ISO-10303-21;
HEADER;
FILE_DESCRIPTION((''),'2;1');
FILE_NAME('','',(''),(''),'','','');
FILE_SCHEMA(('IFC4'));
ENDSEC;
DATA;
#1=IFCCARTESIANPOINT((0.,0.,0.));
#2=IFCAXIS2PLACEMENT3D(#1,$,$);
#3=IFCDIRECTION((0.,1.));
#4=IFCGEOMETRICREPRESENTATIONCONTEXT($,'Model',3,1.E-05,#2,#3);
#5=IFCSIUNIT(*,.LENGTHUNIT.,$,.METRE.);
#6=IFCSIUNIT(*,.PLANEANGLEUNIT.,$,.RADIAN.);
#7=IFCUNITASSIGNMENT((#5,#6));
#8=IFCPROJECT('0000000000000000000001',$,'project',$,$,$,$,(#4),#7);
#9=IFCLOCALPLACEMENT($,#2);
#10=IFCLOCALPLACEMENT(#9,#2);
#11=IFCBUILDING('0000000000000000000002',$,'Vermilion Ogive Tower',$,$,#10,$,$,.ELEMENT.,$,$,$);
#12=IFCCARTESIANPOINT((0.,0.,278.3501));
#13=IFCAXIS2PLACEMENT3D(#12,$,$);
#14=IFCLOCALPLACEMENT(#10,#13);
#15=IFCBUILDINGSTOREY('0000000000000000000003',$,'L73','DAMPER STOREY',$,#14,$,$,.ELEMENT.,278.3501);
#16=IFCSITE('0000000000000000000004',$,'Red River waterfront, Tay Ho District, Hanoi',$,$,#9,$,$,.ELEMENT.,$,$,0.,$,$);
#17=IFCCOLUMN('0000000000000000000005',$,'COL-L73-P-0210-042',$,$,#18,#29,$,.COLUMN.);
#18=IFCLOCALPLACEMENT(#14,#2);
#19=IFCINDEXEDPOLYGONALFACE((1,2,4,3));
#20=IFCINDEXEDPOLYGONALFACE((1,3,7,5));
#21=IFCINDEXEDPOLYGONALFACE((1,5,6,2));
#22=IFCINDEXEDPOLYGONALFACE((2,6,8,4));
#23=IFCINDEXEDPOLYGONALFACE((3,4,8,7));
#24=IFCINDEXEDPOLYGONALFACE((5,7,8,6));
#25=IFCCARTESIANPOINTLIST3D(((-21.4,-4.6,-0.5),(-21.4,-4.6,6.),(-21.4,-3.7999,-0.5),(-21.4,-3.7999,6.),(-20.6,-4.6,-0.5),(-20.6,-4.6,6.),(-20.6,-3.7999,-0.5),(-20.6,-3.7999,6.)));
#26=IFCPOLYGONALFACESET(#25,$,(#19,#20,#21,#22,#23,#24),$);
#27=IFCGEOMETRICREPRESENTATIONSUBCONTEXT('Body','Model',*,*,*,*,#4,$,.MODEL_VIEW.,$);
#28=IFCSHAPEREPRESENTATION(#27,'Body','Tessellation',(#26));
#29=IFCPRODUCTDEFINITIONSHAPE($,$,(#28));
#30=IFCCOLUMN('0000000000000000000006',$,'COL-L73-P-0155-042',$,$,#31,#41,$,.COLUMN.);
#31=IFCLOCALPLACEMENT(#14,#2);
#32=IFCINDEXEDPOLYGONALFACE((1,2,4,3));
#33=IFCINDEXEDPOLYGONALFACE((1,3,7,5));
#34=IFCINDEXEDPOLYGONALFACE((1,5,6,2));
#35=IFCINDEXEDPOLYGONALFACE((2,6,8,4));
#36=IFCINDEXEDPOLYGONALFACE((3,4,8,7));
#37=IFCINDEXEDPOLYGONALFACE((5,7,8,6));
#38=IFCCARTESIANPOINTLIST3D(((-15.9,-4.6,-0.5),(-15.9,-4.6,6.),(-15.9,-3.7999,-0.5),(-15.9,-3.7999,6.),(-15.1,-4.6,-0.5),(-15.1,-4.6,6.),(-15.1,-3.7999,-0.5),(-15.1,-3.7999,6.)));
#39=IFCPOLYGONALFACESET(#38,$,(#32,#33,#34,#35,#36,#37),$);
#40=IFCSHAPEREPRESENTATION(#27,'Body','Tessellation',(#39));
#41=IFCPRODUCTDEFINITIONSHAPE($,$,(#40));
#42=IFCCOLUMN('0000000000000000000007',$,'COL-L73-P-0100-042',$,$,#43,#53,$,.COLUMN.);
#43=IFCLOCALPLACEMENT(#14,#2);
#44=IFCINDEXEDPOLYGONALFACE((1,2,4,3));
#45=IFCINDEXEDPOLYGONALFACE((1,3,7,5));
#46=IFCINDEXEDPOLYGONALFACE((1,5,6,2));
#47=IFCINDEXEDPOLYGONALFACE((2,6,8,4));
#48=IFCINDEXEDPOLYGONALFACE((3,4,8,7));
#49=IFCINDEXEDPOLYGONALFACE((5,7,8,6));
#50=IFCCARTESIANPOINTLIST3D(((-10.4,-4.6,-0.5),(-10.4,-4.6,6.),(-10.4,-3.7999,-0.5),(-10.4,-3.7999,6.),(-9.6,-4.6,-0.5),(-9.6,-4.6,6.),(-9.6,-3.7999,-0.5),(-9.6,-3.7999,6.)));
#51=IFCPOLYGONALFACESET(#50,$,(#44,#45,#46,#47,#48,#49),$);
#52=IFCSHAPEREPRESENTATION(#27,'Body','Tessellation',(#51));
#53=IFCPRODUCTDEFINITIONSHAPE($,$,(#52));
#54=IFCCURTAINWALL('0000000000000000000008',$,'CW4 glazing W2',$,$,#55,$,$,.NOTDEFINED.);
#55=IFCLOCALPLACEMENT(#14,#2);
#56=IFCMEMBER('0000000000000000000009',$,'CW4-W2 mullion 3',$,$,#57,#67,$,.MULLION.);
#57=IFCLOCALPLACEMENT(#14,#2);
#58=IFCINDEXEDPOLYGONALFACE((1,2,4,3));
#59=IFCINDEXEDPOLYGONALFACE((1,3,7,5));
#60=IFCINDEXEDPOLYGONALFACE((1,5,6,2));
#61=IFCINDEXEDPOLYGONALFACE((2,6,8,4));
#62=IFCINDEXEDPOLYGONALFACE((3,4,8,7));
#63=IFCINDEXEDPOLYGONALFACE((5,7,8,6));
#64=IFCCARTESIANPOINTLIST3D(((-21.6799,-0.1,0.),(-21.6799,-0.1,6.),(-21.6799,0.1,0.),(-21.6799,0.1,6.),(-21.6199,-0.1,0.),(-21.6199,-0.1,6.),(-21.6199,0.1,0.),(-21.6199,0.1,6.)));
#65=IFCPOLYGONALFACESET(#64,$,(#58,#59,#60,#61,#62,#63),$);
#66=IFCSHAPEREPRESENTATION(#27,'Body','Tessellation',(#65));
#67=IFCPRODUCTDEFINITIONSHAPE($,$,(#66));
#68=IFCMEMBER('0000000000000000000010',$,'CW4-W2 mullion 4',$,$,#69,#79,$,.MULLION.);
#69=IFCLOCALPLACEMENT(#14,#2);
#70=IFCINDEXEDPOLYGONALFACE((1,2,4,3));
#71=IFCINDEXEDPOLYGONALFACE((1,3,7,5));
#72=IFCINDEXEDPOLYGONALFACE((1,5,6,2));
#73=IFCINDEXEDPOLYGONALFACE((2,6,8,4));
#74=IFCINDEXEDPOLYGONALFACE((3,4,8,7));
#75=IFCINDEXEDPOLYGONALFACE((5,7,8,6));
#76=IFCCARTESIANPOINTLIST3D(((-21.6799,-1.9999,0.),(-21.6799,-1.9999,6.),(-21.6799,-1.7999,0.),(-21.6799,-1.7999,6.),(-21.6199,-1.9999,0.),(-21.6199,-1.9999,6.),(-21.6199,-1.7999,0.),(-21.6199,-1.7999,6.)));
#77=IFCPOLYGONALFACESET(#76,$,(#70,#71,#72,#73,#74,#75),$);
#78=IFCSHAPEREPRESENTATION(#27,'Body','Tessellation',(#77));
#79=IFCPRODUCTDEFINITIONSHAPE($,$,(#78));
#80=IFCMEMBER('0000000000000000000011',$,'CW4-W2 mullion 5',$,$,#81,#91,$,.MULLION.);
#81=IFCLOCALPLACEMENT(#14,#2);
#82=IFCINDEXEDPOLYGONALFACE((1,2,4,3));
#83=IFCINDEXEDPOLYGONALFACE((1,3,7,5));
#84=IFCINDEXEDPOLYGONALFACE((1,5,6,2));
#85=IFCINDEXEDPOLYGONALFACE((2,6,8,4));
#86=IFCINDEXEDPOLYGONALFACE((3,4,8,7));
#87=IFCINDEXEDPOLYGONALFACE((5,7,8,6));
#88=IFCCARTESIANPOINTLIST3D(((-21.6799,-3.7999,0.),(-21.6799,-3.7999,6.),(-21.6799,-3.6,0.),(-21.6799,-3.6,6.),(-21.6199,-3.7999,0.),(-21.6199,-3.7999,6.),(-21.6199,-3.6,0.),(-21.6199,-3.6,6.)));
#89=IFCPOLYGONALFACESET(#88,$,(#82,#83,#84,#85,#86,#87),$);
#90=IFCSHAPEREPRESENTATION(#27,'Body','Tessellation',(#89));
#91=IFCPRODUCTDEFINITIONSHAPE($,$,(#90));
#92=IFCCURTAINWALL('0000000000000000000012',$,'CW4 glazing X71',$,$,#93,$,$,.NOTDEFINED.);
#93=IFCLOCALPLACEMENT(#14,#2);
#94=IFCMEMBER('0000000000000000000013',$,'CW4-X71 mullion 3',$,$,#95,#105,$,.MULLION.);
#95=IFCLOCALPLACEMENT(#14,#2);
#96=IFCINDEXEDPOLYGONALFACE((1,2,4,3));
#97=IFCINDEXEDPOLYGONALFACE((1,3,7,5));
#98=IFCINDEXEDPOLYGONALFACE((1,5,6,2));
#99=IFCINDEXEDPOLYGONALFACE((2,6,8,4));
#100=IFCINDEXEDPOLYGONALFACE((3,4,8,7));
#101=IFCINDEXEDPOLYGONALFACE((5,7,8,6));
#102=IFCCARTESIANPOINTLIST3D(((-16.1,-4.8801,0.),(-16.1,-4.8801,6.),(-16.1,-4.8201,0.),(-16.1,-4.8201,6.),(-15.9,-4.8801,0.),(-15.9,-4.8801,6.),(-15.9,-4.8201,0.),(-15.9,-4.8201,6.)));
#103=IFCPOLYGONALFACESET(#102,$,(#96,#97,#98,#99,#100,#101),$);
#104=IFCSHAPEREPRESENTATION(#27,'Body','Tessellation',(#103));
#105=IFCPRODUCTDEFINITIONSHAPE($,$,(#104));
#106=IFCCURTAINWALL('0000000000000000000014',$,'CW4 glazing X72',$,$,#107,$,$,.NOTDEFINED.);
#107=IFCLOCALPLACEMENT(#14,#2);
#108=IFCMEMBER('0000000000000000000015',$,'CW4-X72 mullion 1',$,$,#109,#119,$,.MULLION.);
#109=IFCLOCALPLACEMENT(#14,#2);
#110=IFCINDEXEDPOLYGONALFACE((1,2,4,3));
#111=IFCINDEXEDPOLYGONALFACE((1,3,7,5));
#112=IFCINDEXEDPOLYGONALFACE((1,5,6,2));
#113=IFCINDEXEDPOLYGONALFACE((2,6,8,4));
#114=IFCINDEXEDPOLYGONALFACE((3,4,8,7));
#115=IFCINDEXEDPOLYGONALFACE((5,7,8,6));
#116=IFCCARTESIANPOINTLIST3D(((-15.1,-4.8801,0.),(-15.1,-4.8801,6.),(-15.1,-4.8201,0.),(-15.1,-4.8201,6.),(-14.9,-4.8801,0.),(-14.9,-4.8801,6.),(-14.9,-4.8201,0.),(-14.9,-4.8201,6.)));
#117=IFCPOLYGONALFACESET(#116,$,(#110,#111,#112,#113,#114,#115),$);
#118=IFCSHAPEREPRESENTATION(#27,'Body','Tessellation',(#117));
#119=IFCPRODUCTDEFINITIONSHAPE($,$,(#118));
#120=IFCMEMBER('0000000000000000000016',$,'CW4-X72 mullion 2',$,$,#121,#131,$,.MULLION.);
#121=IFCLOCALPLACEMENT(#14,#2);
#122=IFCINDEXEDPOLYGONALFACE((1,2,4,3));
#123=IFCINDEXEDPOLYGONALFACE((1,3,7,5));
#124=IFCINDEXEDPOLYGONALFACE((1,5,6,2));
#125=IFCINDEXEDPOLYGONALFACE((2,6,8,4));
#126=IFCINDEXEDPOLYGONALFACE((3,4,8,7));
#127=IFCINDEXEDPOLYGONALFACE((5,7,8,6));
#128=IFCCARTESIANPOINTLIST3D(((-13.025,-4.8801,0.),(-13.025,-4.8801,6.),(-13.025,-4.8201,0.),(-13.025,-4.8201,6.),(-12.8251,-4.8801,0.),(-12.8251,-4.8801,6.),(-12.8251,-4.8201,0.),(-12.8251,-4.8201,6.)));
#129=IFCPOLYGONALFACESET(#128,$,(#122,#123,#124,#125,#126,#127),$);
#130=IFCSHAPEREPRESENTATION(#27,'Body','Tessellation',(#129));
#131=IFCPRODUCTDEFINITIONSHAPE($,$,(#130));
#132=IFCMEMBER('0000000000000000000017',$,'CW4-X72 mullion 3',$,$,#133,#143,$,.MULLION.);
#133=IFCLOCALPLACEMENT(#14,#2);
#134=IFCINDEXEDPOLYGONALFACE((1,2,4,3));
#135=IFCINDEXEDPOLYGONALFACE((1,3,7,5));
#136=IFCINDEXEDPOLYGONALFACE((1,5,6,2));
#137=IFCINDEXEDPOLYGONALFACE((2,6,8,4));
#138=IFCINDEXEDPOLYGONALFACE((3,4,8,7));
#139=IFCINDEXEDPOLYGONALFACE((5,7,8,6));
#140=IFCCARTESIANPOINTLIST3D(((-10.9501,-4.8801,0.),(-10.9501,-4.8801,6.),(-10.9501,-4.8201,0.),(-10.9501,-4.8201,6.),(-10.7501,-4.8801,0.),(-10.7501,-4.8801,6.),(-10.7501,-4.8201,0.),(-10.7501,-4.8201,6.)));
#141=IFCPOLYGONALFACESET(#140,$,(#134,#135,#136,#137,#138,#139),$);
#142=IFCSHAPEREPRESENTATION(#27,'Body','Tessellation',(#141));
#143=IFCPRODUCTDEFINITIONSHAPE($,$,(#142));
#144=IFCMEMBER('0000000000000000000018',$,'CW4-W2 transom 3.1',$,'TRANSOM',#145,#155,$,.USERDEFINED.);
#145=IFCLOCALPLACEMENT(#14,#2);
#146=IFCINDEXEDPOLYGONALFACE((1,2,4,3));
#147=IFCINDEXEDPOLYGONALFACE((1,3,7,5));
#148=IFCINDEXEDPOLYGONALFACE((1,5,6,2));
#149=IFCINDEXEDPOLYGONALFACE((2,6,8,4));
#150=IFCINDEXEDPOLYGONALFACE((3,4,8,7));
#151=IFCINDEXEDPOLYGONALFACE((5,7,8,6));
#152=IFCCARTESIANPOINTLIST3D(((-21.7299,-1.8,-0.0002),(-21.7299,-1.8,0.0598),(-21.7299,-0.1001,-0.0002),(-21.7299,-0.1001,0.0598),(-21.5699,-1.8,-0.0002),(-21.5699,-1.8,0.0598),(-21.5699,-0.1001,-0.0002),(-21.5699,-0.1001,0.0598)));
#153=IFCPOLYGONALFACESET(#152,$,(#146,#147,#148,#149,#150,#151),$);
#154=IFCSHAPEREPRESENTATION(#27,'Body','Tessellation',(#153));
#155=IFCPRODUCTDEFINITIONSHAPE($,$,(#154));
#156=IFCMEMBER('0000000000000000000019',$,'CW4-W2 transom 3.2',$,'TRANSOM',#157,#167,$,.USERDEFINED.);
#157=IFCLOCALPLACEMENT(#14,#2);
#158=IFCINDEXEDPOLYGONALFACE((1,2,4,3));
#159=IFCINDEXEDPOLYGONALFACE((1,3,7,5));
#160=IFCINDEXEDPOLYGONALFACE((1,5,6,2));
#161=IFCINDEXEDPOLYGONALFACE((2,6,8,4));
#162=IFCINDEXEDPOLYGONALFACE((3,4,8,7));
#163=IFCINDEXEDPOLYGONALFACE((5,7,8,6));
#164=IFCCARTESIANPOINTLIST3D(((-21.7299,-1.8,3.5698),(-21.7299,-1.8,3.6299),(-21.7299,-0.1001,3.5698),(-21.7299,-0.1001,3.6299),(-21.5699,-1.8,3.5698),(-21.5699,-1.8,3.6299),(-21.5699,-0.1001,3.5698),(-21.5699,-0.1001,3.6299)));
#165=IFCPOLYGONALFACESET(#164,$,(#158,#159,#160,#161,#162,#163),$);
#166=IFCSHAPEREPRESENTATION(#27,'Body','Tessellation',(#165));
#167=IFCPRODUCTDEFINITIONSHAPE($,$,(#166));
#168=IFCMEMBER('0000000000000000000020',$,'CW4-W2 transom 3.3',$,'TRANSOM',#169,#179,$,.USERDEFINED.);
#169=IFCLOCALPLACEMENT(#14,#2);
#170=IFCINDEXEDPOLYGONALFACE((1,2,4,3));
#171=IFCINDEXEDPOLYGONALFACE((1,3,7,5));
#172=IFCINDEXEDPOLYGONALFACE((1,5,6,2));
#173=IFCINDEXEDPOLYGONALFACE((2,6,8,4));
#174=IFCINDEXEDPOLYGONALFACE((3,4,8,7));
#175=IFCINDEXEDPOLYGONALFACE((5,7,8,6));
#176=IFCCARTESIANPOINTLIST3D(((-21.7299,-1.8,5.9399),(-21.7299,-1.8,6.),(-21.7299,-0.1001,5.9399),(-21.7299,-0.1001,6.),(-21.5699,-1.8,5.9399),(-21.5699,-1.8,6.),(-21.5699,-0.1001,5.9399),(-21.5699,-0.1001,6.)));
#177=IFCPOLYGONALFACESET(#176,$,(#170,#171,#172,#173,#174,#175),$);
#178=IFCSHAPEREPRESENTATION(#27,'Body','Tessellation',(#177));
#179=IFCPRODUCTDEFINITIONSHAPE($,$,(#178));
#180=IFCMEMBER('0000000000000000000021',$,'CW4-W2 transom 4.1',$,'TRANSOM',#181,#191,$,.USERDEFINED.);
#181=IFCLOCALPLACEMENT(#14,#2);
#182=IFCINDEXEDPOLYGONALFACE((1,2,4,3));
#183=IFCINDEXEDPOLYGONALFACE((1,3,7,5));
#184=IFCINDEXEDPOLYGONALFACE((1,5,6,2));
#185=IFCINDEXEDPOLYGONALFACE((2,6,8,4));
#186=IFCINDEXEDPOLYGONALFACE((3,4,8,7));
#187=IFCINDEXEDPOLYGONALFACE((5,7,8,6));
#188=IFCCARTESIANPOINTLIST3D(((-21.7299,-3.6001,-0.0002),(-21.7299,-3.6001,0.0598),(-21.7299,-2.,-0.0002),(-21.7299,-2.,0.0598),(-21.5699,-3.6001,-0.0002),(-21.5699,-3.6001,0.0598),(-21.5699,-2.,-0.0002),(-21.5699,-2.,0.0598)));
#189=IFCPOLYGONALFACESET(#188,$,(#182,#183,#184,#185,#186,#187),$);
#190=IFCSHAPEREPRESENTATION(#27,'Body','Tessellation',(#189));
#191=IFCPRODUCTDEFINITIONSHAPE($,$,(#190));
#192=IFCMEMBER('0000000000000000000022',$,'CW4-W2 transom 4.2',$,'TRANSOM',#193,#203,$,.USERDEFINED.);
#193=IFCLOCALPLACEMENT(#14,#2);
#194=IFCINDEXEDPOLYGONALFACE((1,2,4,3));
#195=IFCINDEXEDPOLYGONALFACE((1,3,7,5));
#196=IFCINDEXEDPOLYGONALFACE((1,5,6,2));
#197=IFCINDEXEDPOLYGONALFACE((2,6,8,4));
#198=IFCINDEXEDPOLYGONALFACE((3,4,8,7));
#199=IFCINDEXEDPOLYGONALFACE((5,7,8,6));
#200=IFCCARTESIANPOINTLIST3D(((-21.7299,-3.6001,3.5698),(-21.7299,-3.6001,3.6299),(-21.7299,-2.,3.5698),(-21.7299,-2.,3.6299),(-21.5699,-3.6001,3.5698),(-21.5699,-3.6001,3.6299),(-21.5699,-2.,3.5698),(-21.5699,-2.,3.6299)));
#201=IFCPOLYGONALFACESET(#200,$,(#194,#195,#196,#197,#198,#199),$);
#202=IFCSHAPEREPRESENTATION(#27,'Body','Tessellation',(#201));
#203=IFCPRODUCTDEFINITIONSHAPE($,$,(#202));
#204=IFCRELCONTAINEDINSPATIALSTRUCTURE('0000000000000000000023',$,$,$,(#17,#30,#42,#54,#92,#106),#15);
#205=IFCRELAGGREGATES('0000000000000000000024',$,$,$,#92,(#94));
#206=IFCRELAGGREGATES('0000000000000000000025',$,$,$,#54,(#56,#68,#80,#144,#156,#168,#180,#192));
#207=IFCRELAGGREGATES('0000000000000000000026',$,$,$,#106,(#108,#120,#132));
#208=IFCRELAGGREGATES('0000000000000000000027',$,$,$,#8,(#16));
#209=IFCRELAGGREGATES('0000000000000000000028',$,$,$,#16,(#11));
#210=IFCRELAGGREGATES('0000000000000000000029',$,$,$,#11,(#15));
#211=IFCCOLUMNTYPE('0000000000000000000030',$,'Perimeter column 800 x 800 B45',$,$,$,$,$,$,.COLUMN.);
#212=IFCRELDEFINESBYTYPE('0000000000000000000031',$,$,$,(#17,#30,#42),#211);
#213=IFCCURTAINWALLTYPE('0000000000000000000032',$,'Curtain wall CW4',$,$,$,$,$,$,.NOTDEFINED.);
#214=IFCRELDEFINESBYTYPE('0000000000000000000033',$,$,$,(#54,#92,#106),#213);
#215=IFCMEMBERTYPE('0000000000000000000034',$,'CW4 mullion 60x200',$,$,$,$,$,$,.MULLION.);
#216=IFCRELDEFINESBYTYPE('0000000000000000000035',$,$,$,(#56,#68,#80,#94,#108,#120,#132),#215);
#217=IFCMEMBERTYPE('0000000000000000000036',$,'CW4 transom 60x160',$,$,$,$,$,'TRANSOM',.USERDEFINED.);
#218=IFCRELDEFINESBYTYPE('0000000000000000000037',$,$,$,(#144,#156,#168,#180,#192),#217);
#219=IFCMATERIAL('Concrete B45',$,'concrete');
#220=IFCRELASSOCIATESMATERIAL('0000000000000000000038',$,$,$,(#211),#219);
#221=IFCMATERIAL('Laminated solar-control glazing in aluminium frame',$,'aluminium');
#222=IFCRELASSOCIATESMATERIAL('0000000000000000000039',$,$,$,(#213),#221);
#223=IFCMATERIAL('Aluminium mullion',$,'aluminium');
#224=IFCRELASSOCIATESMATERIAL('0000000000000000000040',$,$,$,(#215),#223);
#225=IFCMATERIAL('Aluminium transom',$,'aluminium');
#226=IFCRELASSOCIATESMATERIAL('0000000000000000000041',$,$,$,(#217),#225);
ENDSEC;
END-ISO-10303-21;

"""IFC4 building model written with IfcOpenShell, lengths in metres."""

from ifc_helpers import new_model, si_unit, direction, frame, origin, origin_2d, place, context, subcontext, project, spatial, rectangle, extrude, material, material_profile, profile_set, type_object, element, aggregate, save


model = new_model("IFC4")

# Units and contexts
model_context = context("Model", 3, precision=1e-05, world=origin(), true_north=direction((0.0, 1.0)))
body_context = subcontext(model_context, "Body", "Model", "MODEL_VIEW")
ifc_project = project(units=[si_unit("LENGTHUNIT", "METRE"), si_unit("PLANEANGLEUNIT", "RADIAN")], contexts=[model_context])

# Site, building, storey
site_placement = place(None, origin())
site = spatial("IfcSite", under=ifc_project, at=site_placement, Name="Red River waterfront, Tay Ho District, Hanoi", CompositionType="ELEMENT", RefElevation=0.0)
building_placement = place(site_placement, origin())
building = spatial("IfcBuilding", under=site, at=building_placement, Name="Vermilion Ogive Tower", CompositionType="ELEMENT")
storey_placement = place(building_placement, frame((0.0, 0.0, 278.3501)))
storey = spatial("IfcBuildingStorey", under=building, at=storey_placement, Name="L73", Description="DAMPER STOREY", CompositionType="ELEMENT", Elevation=278.3501)

# Columns
ifc_material_1 = material(Name="Concrete B45", Category="concrete")
ifc_material_profile_1 = material_profile(ifc_material_1, rectangle(XDim=0.8, YDim=0.8, at=origin_2d()), Name="800 x 800")
ifc_profile_set_1 = profile_set([ifc_material_profile_1], Name="Concrete B45")
column_type = type_object("IfcColumnType", Name="Perimeter column 800 x 800 B45", PredefinedType="COLUMN", material=ifc_profile_set_1)
for number, where, z_axis, x_axis, name in (
    (1, (-21.0, -4.2, -0.5), (0.0, 0.0, 1.0), (1.0, 0.0, 0.0), "COL-L73-P-0210-042"),
    (2, (-15.5, -4.2, -0.5), (0.0, 0.0, 1.0), (1.0, 0.0, 0.0), "COL-L73-P-0155-042"),
    (3, (-10.0, -4.2, -0.5), (0.0, 0.0, 1.0), (1.0, 0.0, 0.0), "COL-L73-P-0100-042"),
):
    element("IfcColumn", number, at=place(storey_placement, frame(where, z_axis=z_axis, x_axis=x_axis)), inside=storey, type_object=column_type, Name=name, PredefinedType="COLUMN", context=body_context, shape_type="SweptSolid", body=[
        extrude(rectangle(XDim=0.8, YDim=0.8, at=origin_2d()), origin(), (0.0, 0.0, 1.0), 6.5),
    ])

# Curtain wall, members
ifc_material_2 = material(Name="Laminated solar-control glazing in aluminium frame", Category="aluminium")
curtain_wall_type = type_object("IfcCurtainWallType", Name="Curtain wall CW4", PredefinedType="NOTDEFINED", material=ifc_material_2)
curtain_wall_1_placement = place(storey_placement, origin())
curtain_wall_1 = element("IfcCurtainWall", 4, at=curtain_wall_1_placement, inside=storey, type_object=curtain_wall_type, Name="CW4 glazing W2", PredefinedType="NOTDEFINED")
ifc_material_3 = material(Name="Aluminium mullion", Category="aluminium")
ifc_material_profile_2 = material_profile(ifc_material_3, rectangle(XDim=0.0601, YDim=0.2, at=origin_2d()), Name="AL 60x200")
ifc_profile_set_2 = profile_set([ifc_material_profile_2], Name="Aluminium mullion")
member_type_1 = type_object("IfcMemberType", Name="CW4 mullion 60x200", PredefinedType="MULLION", material=ifc_profile_set_2)
member_1_placement = place(storey_placement, frame((-21.6499, 0.0, 0.0), z_axis=(0.0, 0.0, 1.0), x_axis=(1.0, 0.0, 0.0)))
member_1 = element("IfcMember", 5, at=member_1_placement, type_object=member_type_1, Name="CW4-W2 mullion 3", PredefinedType="MULLION", context=body_context, shape_type="SweptSolid", body=[
    extrude(rectangle(XDim=0.0601, YDim=0.2, at=origin_2d()), origin(), (0.0, 0.0, 1.0), 6.0),
])
member_2_placement = place(storey_placement, frame((-21.6499, -1.8999, 0.0), z_axis=(0.0, 0.0, 1.0), x_axis=(1.0, 0.0, 0.0)))
member_2 = element("IfcMember", 6, at=member_2_placement, type_object=member_type_1, Name="CW4-W2 mullion 4", PredefinedType="MULLION", context=body_context, shape_type="SweptSolid", body=[
    extrude(rectangle(XDim=0.0601, YDim=0.2, at=origin_2d()), origin(), (0.0, 0.0, 1.0), 6.0),
])
member_3_placement = place(storey_placement, frame((-21.6499, -3.7, 0.0), z_axis=(0.0, 0.0, 1.0), x_axis=(1.0, 0.0, 0.0)))
member_3 = element("IfcMember", 7, at=member_3_placement, type_object=member_type_1, Name="CW4-W2 mullion 5", PredefinedType="MULLION", context=body_context, shape_type="SweptSolid", body=[
    extrude(rectangle(XDim=0.0601, YDim=0.2, at=origin_2d()), origin(), (0.0, 0.0, 1.0), 6.0),
])

# Curtain wall, member
curtain_wall_2_placement = place(storey_placement, origin())
curtain_wall_2 = element("IfcCurtainWall", 8, at=curtain_wall_2_placement, inside=storey, type_object=curtain_wall_type, Name="CW4 glazing X71", PredefinedType="NOTDEFINED")
member_4_placement = place(storey_placement, frame((-16.0, -4.8501, 0.0), z_axis=(0.0, 0.0, 1.0), x_axis=(0.0, 1.0, 0.0)))
member_4 = element("IfcMember", 9, at=member_4_placement, type_object=member_type_1, Name="CW4-X71 mullion 3", PredefinedType="MULLION", context=body_context, shape_type="SweptSolid", body=[
    extrude(rectangle(XDim=0.0601, YDim=0.2, at=origin_2d()), origin(), (0.0, 0.0, 1.0), 6.0),
])
aggregate(curtain_wall_2, [member_4])

# Curtain wall, members
curtain_wall_3_placement = place(storey_placement, origin())
curtain_wall_3 = element("IfcCurtainWall", 10, at=curtain_wall_3_placement, inside=storey, type_object=curtain_wall_type, Name="CW4 glazing X72", PredefinedType="NOTDEFINED")
member_5_placement = place(storey_placement, frame((-15.0, -4.8501, 0.0), z_axis=(0.0, 0.0, 1.0), x_axis=(0.0, 1.0, 0.0)))
member_5 = element("IfcMember", 11, at=member_5_placement, type_object=member_type_1, Name="CW4-X72 mullion 1", PredefinedType="MULLION", context=body_context, shape_type="SweptSolid", body=[
    extrude(rectangle(XDim=0.0601, YDim=0.2, at=origin_2d()), origin(), (0.0, 0.0, 1.0), 6.0),
])
member_6_placement = place(storey_placement, frame((-12.925, -4.8501, 0.0), z_axis=(0.0, 0.0, 1.0), x_axis=(0.0, 1.0, 0.0)))
member_6 = element("IfcMember", 12, at=member_6_placement, type_object=member_type_1, Name="CW4-X72 mullion 2", PredefinedType="MULLION", context=body_context, shape_type="SweptSolid", body=[
    extrude(rectangle(XDim=0.0601, YDim=0.2, at=origin_2d()), origin(), (0.0, 0.0, 1.0), 6.0),
])
member_7_placement = place(storey_placement, frame((-10.8501, -4.8501, 0.0), z_axis=(0.0, 0.0, 1.0), x_axis=(0.0, 1.0, 0.0)))
member_7 = element("IfcMember", 13, at=member_7_placement, type_object=member_type_1, Name="CW4-X72 mullion 3", PredefinedType="MULLION", context=body_context, shape_type="SweptSolid", body=[
    extrude(rectangle(XDim=0.0601, YDim=0.2, at=origin_2d()), origin(), (0.0, 0.0, 1.0), 6.0),
])

# Members
ifc_material_4 = material(Name="Aluminium transom", Category="aluminium")
ifc_material_profile_3 = material_profile(ifc_material_4, rectangle(XDim=0.1599, YDim=0.0601, at=origin_2d()), Name="AL 60x160")
ifc_profile_set_3 = profile_set([ifc_material_profile_3], Name="Aluminium transom")
member_type_2 = type_object("IfcMemberType", Name="CW4 transom 60x160", ElementType="TRANSOM", PredefinedType="USERDEFINED", material=ifc_profile_set_3)
member_8_placement = place(storey_placement, frame((-21.6499, -0.1001, 0.0298), z_axis=(0.0, -1.0, 0.0), x_axis=(1.0, 0.0, 0.0)))
member_8 = element("IfcMember", 14, at=member_8_placement, type_object=member_type_2, Name="CW4-W2 transom 3.1", ObjectType="TRANSOM", PredefinedType="USERDEFINED", context=body_context, shape_type="SweptSolid", body=[
    extrude(rectangle(XDim=0.1599, YDim=0.0601, at=origin_2d()), origin(), (0.0, 0.0, 1.0), 1.7),
])
member_9_placement = place(storey_placement, frame((-21.6499, -0.1001, 3.5999), z_axis=(0.0, -1.0, 0.0), x_axis=(1.0, 0.0, 0.0)))
member_9 = element("IfcMember", 15, at=member_9_placement, type_object=member_type_2, Name="CW4-W2 transom 3.2", ObjectType="TRANSOM", PredefinedType="USERDEFINED", context=body_context, shape_type="SweptSolid", body=[
    extrude(rectangle(XDim=0.1599, YDim=0.0601, at=origin_2d()), origin(), (0.0, 0.0, 1.0), 1.7),
])
member_10_placement = place(storey_placement, frame((-21.6499, -0.1001, 5.97), z_axis=(0.0, -1.0, 0.0), x_axis=(1.0, 0.0, 0.0)))
member_10 = element("IfcMember", 16, at=member_10_placement, type_object=member_type_2, Name="CW4-W2 transom 3.3", ObjectType="TRANSOM", PredefinedType="USERDEFINED", context=body_context, shape_type="SweptSolid", body=[
    extrude(rectangle(XDim=0.1599, YDim=0.0601, at=origin_2d()), origin(), (0.0, 0.0, 1.0), 1.7),
])
member_11_placement = place(storey_placement, frame((-21.6499, -2.0, 0.0298), z_axis=(0.0, -1.0, 0.0), x_axis=(1.0, 0.0, 0.0)))
member_11 = element("IfcMember", 17, at=member_11_placement, type_object=member_type_2, Name="CW4-W2 transom 4.1", ObjectType="TRANSOM", PredefinedType="USERDEFINED", context=body_context, shape_type="SweptSolid", body=[
    extrude(rectangle(XDim=0.1599, YDim=0.0601, at=origin_2d()), origin(), (0.0, 0.0, 1.0), 1.6001),
])
member_12_placement = place(storey_placement, frame((-21.6499, -2.0, 3.5999), z_axis=(0.0, -1.0, 0.0), x_axis=(1.0, 0.0, 0.0)))
member_12 = element("IfcMember", 18, at=member_12_placement, type_object=member_type_2, Name="CW4-W2 transom 4.2", ObjectType="TRANSOM", PredefinedType="USERDEFINED", context=body_context, shape_type="SweptSolid", body=[
    extrude(rectangle(XDim=0.1599, YDim=0.0601, at=origin_2d()), origin(), (0.0, 0.0, 1.0), 1.6001),
])

aggregate(curtain_wall_1, [member_1, member_2, member_3, member_8, member_9, member_10, member_11, member_12])
aggregate(curtain_wall_3, [member_5, member_6, member_7])

save(model, "model.ifc")
